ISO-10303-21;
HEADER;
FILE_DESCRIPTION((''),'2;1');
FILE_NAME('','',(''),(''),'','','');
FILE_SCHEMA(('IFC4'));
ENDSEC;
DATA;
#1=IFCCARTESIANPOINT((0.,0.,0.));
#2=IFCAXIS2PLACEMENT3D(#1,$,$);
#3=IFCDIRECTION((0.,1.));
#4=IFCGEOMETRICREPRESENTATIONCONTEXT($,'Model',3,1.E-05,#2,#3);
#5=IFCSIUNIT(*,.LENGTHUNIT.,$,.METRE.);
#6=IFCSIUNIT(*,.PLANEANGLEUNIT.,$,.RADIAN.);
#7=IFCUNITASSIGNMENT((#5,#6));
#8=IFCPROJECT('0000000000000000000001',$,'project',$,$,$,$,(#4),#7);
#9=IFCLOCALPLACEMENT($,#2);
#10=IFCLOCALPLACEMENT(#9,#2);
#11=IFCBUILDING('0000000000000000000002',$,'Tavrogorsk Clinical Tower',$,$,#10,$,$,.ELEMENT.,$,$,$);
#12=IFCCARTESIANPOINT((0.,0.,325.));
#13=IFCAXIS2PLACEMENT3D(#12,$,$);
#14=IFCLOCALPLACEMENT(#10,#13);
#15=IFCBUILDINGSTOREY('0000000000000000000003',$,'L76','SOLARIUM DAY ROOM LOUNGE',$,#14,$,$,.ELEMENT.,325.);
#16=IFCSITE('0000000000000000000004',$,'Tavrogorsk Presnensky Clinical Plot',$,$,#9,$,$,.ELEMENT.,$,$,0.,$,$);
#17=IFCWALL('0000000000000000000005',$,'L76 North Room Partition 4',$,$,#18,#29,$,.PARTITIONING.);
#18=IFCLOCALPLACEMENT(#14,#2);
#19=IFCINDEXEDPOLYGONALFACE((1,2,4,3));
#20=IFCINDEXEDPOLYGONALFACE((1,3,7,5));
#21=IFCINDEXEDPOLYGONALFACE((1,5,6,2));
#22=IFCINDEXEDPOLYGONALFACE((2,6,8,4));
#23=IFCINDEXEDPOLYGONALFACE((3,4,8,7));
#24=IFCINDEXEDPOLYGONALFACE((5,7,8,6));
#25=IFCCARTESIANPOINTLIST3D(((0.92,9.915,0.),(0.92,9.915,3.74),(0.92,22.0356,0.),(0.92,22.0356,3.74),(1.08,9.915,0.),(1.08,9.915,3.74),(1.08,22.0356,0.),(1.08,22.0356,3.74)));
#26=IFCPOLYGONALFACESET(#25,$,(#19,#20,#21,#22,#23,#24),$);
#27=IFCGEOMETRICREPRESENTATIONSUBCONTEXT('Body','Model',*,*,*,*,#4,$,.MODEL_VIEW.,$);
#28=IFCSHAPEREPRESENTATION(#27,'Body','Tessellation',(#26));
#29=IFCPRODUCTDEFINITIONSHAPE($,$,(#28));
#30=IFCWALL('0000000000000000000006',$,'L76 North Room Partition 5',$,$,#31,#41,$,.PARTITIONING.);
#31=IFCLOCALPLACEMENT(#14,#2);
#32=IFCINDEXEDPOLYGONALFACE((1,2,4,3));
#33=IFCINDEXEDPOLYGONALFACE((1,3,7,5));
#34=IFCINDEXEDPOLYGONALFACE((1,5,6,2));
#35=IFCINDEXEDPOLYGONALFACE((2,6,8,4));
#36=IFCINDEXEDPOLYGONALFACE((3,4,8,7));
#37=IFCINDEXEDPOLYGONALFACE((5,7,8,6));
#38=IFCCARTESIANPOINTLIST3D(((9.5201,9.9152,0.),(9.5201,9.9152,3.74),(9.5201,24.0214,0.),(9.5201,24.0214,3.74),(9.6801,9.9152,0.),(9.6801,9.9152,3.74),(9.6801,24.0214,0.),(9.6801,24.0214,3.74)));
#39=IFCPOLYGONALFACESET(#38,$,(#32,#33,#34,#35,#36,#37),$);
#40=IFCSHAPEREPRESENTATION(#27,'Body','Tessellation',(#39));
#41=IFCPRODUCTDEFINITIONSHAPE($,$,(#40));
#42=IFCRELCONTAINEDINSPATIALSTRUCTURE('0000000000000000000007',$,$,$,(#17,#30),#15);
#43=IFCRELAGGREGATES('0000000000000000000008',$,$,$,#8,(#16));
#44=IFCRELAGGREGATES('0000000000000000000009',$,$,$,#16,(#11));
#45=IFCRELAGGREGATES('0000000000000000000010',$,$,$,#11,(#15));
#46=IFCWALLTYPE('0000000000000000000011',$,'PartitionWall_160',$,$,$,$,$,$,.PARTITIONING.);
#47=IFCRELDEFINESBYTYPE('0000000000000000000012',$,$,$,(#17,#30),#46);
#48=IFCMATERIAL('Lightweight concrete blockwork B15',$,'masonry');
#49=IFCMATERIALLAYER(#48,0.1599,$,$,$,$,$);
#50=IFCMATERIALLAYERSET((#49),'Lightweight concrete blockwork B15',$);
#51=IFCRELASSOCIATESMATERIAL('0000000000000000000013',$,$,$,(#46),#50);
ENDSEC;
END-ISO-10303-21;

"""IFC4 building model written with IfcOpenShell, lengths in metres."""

from ifc_helpers import new_model, si_unit, direction, frame, frame_2d, origin, place, context, subcontext, project, spatial, rectangle, extrude, material, layer, layer_set, type_object, element, save


model = new_model("IFC4")

# Units and contexts
model_context = context("Model", 3, precision=1e-05, world=origin(), true_north=direction((0.0, 1.0)))
body_context = subcontext(model_context, "Body", "Model", "MODEL_VIEW")
ifc_project = project(units=[si_unit("LENGTHUNIT", "METRE"), si_unit("PLANEANGLEUNIT", "RADIAN")], contexts=[model_context])

# Site, building, storey
site_placement = place(None, origin())
site = spatial("IfcSite", under=ifc_project, at=site_placement, Name="Tavrogorsk Presnensky Clinical Plot", CompositionType="ELEMENT", RefElevation=0.0)
building_placement = place(site_placement, origin())
building = spatial("IfcBuilding", under=site, at=building_placement, Name="Tavrogorsk Clinical Tower", CompositionType="ELEMENT")
storey_placement = place(building_placement, frame((0.0, 0.0, 325.0)))
storey = spatial("IfcBuildingStorey", under=building, at=storey_placement, Name="L76", Description="SOLARIUM DAY ROOM LOUNGE", CompositionType="ELEMENT", Elevation=325.0)

# Shared definitions
ifc_material_1 = material(Name="Lightweight concrete blockwork B15", Category="masonry")
ifc_layer_1 = layer(ifc_material_1, 0.1599)
ifc_layer_set_1 = layer_set([ifc_layer_1], Name="Lightweight concrete blockwork B15")
wall_type = type_object("IfcWallType", Name="PartitionWall_160", PredefinedType="PARTITIONING", material=ifc_layer_set_1)

# Walls
wall_1_placement = place(storey_placement, frame((1.0, 9.915, 0.0), z_axis=(0.0, 0.0, 1.0), x_axis=(0.0, 1.0, 0.0)))
element("IfcWall", 1, at=wall_1_placement, inside=storey, type_object=wall_type, Name="L76 North Room Partition 4", PredefinedType="PARTITIONING", context=body_context, shape_type="SweptSolid", body=[
    extrude(rectangle(XDim=12.1206, YDim=0.1599, at=frame_2d((6.0603, 0.0))), origin(), (0.0, 0.0, 1.0), 3.74),
])
wall_2_placement = place(storey_placement, frame((9.6001, 9.915, 0.0), z_axis=(0.0, 0.0, 1.0), x_axis=(0.0, 1.0, 0.0)))
element("IfcWall", 2, at=wall_2_placement, inside=storey, type_object=wall_type, Name="L76 North Room Partition 5", PredefinedType="PARTITIONING", context=body_context, shape_type="SweptSolid", body=[
    extrude(rectangle(XDim=14.1062, YDim=0.1599, at=frame_2d((7.0532, 0.0))), origin(), (0.0, 0.0, 1.0), 3.74),
])

save(model, "model.ifc")
